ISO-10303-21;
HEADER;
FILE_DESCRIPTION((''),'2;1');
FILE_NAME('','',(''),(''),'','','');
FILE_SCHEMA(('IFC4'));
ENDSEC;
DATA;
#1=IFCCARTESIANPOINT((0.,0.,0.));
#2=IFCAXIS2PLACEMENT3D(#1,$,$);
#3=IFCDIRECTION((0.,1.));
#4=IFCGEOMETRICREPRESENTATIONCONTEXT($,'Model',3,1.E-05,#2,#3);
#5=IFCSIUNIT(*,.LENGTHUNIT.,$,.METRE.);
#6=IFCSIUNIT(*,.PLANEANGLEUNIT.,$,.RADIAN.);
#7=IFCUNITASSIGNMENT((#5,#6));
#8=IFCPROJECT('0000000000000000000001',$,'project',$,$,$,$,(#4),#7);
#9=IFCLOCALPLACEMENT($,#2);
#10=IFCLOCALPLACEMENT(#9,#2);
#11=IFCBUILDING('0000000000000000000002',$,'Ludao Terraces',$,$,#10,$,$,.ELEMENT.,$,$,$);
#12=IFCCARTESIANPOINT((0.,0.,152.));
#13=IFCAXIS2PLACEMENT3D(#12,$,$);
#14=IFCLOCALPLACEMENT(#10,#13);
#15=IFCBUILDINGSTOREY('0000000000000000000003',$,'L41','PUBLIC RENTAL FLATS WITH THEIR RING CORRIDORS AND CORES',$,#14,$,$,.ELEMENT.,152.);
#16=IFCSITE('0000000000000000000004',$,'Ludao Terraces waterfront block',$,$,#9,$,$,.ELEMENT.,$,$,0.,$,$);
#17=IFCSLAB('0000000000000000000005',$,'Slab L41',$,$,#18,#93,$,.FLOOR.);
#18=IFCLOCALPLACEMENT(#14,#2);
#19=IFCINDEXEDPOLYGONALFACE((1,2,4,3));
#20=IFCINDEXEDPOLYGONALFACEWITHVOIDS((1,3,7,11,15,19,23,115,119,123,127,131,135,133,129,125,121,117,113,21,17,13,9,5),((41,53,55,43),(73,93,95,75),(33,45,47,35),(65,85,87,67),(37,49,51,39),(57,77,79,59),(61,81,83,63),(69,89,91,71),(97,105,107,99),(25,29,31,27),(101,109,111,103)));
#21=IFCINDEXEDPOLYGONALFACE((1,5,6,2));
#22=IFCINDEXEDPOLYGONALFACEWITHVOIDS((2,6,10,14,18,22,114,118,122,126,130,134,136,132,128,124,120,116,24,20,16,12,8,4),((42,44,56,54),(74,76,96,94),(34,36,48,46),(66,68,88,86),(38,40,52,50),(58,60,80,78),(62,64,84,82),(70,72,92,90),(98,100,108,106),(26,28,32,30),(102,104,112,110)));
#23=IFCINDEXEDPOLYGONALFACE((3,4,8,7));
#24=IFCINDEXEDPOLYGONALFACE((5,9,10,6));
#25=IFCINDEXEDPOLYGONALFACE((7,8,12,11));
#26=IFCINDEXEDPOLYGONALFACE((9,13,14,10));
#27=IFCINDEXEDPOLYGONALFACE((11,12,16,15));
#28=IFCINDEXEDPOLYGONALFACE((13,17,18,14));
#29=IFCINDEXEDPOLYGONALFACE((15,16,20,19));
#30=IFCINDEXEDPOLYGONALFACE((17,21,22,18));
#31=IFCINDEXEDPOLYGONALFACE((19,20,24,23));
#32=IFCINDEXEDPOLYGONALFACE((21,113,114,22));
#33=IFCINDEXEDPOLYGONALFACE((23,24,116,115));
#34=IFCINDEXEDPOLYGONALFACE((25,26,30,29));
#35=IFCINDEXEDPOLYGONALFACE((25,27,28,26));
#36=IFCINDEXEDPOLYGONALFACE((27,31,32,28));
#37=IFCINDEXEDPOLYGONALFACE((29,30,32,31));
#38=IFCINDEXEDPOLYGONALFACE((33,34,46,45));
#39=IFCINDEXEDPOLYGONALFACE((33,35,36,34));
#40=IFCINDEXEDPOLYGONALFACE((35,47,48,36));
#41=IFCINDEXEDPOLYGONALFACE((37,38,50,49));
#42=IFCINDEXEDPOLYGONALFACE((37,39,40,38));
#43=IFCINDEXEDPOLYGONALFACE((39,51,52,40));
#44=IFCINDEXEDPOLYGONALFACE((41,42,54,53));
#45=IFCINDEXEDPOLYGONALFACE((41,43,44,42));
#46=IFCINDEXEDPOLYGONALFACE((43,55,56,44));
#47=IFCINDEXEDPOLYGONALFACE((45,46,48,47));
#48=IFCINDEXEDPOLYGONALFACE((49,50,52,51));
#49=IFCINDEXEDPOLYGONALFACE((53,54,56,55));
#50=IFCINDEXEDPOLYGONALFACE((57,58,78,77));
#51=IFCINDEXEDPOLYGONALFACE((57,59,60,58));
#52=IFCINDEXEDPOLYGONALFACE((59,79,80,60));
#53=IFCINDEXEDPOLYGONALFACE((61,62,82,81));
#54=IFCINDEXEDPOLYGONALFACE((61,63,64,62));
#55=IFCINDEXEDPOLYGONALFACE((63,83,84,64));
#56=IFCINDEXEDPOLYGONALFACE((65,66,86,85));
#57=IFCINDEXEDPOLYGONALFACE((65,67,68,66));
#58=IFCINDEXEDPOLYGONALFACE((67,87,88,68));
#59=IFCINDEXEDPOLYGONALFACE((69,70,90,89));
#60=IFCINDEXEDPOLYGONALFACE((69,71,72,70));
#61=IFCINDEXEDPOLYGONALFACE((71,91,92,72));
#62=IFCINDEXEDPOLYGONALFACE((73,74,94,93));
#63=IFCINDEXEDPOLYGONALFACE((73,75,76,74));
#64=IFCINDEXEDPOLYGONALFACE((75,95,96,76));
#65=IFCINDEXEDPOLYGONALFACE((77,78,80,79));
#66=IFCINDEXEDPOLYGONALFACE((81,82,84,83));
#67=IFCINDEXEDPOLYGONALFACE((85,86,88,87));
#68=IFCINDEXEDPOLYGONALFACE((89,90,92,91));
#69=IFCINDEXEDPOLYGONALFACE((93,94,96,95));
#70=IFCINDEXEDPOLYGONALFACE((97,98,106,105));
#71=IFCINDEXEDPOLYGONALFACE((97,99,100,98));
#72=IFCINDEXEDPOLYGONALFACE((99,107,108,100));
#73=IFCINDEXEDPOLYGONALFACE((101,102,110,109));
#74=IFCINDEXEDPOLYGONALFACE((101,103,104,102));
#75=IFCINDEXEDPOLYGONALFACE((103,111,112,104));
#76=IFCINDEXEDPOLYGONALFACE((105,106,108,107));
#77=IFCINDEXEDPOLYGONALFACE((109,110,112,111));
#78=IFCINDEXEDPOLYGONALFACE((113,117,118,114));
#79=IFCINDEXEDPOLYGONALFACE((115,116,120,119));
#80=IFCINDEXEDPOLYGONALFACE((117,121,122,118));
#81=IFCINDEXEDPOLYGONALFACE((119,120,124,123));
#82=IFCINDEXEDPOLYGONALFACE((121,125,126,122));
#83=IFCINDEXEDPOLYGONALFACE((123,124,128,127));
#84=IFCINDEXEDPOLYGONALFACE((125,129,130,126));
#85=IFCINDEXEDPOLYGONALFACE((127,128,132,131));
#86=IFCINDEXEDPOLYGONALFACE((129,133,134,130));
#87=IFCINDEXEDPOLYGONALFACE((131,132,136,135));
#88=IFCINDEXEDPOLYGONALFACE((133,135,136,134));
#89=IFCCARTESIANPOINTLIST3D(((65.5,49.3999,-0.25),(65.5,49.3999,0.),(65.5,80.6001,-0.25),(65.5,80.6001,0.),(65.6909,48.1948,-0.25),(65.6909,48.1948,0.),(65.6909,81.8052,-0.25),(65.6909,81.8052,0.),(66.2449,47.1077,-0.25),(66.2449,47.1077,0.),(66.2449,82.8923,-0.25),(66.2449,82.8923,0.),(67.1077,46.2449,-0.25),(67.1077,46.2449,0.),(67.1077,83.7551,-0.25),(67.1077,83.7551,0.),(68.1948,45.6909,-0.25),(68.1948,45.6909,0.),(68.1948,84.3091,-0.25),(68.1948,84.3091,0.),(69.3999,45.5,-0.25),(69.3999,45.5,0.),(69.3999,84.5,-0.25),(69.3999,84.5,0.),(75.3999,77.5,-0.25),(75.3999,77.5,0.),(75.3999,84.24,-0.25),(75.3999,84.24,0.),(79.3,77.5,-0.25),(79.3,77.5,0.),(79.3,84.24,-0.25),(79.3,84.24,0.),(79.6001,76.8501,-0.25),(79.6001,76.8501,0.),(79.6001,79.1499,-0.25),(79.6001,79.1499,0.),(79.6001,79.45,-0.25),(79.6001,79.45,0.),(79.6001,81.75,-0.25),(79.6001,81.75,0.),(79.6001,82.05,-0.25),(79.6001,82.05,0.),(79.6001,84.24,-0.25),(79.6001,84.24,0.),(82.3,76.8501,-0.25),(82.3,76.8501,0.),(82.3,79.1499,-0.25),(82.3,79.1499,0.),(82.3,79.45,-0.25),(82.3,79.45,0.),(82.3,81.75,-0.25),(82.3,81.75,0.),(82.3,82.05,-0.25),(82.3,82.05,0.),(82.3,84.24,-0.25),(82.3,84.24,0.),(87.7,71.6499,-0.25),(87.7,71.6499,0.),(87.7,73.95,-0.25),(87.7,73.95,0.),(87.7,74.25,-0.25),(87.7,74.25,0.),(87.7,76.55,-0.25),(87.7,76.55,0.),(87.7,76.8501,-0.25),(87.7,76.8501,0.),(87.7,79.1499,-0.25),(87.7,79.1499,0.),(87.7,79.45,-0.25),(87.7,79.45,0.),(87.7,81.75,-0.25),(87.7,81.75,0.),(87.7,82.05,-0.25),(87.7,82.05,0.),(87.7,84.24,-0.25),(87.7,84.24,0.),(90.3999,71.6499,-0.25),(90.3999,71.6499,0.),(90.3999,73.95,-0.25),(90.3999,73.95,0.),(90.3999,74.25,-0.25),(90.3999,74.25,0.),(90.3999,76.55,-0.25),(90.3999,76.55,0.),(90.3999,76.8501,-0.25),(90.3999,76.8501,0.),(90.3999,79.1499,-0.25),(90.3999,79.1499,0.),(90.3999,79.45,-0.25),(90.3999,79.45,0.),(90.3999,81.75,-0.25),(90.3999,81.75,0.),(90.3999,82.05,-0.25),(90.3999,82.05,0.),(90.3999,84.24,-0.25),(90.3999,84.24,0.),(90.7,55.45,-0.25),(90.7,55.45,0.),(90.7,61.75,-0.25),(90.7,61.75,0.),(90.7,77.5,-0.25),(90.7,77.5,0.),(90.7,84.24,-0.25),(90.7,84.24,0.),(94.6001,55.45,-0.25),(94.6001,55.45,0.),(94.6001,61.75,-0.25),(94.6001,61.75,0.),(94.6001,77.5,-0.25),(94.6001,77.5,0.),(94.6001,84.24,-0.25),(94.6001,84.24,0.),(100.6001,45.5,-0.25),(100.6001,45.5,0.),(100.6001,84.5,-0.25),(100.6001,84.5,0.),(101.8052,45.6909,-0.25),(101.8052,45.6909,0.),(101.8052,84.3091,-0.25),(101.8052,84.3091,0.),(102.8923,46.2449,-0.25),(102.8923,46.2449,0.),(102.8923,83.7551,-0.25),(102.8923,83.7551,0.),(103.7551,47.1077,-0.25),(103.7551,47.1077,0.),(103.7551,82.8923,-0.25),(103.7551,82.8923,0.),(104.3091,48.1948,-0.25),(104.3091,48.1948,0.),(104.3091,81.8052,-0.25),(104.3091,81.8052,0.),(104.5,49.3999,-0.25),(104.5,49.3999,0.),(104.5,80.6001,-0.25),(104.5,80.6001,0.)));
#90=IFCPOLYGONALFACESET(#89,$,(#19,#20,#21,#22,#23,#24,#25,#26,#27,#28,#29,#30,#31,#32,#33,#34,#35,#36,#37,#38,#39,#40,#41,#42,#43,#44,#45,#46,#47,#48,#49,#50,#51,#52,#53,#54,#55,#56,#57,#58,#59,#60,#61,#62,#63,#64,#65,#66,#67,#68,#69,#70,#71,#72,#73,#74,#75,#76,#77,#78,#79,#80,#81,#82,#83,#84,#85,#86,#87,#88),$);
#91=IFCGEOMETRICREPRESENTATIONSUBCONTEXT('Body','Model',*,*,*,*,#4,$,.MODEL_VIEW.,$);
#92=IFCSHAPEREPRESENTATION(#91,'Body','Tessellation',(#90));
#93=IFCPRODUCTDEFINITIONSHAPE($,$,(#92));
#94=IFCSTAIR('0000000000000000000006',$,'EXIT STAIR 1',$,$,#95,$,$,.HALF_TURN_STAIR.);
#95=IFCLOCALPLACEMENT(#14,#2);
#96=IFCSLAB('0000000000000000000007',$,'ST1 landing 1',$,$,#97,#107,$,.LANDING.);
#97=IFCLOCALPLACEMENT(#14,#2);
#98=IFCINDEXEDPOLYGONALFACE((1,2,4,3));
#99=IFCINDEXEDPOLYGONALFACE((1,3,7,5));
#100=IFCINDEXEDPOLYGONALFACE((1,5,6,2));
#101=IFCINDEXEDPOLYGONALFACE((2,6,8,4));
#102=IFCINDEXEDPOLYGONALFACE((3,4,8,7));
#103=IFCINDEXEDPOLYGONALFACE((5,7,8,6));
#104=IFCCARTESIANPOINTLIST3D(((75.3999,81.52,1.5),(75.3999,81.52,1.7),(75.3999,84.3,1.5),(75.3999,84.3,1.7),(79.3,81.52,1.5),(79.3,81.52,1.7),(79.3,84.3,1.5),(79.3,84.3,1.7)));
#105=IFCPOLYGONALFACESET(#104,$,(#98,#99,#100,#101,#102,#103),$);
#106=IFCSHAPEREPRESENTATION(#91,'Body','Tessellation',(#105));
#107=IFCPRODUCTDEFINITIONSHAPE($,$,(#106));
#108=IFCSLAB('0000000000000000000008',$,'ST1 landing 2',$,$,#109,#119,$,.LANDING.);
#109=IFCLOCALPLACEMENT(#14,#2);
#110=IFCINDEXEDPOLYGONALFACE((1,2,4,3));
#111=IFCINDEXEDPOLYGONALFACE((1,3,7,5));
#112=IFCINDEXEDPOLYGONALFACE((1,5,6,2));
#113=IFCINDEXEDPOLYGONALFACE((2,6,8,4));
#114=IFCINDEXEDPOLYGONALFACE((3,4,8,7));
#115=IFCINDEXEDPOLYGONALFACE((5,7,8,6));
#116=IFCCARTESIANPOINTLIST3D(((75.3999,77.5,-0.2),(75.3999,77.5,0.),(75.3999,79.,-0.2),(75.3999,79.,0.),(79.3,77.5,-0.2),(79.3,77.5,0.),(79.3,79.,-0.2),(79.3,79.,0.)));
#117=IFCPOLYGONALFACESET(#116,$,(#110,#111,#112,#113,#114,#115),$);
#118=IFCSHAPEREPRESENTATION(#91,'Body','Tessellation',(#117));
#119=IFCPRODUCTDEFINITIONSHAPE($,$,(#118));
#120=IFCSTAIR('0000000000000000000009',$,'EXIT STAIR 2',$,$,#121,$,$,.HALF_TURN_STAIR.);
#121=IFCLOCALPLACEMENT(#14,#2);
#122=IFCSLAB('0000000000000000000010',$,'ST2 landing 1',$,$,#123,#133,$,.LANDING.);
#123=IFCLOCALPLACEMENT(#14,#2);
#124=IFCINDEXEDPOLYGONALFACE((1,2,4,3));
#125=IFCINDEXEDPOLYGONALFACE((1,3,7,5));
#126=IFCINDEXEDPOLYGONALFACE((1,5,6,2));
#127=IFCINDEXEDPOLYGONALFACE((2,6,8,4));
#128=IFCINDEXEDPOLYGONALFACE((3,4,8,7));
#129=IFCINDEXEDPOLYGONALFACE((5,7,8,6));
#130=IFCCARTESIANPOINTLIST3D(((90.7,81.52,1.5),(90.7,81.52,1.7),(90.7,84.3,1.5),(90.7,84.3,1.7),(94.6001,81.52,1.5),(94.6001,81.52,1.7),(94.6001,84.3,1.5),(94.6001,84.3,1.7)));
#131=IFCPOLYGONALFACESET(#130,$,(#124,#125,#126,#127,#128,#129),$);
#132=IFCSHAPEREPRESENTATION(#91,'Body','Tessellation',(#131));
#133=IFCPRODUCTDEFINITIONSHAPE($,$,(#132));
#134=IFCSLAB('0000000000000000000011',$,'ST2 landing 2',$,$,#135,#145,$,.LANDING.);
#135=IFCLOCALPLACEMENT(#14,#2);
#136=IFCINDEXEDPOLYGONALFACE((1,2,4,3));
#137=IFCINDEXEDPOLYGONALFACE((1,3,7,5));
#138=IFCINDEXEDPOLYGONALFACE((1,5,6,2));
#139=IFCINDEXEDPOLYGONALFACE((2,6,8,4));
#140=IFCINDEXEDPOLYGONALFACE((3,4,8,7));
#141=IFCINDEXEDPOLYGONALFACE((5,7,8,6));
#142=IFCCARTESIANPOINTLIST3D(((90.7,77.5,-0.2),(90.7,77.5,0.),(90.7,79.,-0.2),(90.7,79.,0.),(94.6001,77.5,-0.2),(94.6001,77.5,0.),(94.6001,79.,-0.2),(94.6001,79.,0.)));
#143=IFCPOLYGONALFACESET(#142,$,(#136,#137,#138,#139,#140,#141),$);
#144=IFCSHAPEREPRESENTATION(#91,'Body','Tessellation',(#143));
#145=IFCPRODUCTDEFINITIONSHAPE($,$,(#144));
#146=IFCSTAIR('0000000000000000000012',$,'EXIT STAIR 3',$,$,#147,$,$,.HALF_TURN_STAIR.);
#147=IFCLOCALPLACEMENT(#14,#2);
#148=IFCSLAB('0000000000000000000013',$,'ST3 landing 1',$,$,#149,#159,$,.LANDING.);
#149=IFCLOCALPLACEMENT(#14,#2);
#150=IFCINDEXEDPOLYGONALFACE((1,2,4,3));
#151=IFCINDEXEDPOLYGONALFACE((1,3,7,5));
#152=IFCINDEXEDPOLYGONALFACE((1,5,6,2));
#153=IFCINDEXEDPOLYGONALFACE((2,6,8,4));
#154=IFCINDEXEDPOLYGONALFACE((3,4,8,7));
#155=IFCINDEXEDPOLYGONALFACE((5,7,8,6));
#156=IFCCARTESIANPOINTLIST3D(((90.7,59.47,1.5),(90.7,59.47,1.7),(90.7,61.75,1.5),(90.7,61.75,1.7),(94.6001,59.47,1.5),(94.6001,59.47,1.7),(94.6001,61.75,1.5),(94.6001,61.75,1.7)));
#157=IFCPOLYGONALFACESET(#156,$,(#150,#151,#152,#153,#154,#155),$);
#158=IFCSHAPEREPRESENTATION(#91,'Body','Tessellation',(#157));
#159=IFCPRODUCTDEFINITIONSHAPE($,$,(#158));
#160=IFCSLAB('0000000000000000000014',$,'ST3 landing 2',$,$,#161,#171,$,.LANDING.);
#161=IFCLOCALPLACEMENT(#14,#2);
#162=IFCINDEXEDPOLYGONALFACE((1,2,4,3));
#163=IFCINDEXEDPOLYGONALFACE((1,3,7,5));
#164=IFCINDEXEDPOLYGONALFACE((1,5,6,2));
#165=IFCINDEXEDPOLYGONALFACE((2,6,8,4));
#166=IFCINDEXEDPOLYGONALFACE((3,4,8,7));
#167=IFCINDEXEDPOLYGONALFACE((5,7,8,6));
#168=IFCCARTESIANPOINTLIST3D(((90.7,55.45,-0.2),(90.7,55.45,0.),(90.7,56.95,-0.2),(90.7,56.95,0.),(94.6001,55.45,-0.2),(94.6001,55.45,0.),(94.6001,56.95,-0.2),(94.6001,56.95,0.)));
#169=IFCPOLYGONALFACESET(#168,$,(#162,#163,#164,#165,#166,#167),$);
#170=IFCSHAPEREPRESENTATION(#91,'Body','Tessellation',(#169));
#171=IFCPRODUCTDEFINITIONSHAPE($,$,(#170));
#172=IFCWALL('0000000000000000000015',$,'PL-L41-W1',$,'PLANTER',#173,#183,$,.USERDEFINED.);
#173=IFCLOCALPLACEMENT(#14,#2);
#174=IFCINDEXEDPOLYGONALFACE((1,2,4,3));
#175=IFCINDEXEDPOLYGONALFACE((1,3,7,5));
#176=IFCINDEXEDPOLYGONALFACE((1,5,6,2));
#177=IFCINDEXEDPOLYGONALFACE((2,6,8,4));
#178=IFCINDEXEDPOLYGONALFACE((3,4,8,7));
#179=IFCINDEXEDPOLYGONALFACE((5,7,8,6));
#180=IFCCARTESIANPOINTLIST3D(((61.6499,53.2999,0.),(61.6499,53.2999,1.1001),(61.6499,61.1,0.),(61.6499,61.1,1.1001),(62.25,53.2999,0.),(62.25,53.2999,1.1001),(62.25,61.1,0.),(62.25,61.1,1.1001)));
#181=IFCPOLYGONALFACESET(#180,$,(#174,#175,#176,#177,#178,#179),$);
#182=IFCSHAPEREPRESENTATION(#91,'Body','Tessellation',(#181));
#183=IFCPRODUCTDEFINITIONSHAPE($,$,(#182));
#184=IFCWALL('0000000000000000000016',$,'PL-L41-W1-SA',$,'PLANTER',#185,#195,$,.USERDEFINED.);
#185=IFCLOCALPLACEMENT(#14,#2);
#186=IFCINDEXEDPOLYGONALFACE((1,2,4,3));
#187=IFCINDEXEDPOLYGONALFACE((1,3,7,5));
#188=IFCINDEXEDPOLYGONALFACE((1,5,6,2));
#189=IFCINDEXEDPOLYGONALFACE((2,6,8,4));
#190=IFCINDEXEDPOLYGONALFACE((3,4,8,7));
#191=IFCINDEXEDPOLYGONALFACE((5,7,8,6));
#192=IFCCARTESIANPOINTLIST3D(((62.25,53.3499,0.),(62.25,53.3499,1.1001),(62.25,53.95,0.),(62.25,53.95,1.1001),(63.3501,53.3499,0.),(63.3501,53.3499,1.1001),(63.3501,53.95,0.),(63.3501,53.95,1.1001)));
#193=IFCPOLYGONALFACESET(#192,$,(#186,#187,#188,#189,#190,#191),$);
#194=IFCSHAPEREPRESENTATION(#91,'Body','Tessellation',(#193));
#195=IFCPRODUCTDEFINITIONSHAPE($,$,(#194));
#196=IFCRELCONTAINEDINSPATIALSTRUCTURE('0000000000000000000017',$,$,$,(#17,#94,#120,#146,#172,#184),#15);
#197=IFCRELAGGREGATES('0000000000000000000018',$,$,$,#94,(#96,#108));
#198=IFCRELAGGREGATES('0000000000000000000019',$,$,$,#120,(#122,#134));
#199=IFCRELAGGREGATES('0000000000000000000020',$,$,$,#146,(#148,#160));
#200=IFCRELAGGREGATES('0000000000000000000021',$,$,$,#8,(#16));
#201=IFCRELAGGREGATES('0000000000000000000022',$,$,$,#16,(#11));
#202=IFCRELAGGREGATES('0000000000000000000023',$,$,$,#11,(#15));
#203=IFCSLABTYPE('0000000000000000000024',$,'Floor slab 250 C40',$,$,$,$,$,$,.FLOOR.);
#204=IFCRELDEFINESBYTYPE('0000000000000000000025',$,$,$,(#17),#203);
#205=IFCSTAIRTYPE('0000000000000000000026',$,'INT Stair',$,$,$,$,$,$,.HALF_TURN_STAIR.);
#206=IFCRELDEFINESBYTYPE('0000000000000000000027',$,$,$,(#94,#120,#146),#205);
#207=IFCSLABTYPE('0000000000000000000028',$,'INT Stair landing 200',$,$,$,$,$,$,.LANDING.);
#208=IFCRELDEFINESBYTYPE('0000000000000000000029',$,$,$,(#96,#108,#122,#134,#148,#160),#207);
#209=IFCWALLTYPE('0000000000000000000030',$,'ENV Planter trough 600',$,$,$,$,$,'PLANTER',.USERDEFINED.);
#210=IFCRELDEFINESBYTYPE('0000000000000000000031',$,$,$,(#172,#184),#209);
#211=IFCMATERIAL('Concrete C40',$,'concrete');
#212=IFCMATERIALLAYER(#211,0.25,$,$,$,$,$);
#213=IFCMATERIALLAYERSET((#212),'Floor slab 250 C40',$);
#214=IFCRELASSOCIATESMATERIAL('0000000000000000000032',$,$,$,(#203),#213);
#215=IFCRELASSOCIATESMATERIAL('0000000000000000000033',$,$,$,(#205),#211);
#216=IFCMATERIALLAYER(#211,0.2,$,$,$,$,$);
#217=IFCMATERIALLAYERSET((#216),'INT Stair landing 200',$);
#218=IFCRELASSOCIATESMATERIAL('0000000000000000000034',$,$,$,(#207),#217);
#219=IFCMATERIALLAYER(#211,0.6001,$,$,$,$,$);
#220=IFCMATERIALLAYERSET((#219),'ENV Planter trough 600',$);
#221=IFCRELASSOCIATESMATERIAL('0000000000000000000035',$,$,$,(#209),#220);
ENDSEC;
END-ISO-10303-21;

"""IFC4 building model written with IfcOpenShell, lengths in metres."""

from ifc_helpers import new_model, si_unit, direction, frame, frame_2d, origin, place, context, subcontext, project, spatial, polyline, rectangle, outline, extrude, material, layer, layer_set, type_object, element, aggregate, save


model = new_model("IFC4")

# Units and contexts
model_context = context("Model", 3, precision=1e-05, world=origin(), true_north=direction((0.0, 1.0)))
body_context = subcontext(model_context, "Body", "Model", "MODEL_VIEW")
ifc_project = project(units=[si_unit("LENGTHUNIT", "METRE"), si_unit("PLANEANGLEUNIT", "RADIAN")], contexts=[model_context])

# Site, building, storey
site_placement = place(None, origin())
site = spatial("IfcSite", under=ifc_project, at=site_placement, Name="Ludao Terraces waterfront block", CompositionType="ELEMENT", RefElevation=0.0)
building_placement = place(site_placement, origin())
building = spatial("IfcBuilding", under=site, at=building_placement, Name="Ludao Terraces", CompositionType="ELEMENT")
storey_placement = place(building_placement, frame((0.0, 0.0, 152.0)))
storey = spatial("IfcBuildingStorey", under=building, at=storey_placement, Name="L41", Description="PUBLIC RENTAL FLATS WITH THEIR RING CORRIDORS AND CORES", CompositionType="ELEMENT", Elevation=152.0)

# Shared definitions
ifc_material_1 = material(Name="Concrete C40", Category="concrete")

# Slab
ifc_layer_1 = layer(ifc_material_1, 0.25)
ifc_layer_set_1 = layer_set([ifc_layer_1], Name="Floor slab 250 C40")
slab_type_1 = type_object("IfcSlabType", Name="Floor slab 250 C40", PredefinedType="FLOOR", material=ifc_layer_set_1)
slab_1_placement = place(storey_placement, frame((0.0, 0.0, -0.25)))
element("IfcSlab", 1, at=slab_1_placement, inside=storey, type_object=slab_type_1, Name="Slab L41", PredefinedType="FLOOR", context=body_context, shape_type="SweptSolid", body=[
    extrude(outline(polyline([(100.6001, 45.5), (101.8052, 45.6909), (102.8923, 46.2449), (103.7551, 47.1077), (104.3091, 48.1948), (104.5, 49.3999), (104.5, 80.6001), (104.3091, 81.8052), (103.7551, 82.8923), (102.8923, 83.7551), (101.8052, 84.3091), (100.6001, 84.5), (69.3999, 84.5), (68.1948, 84.3091), (67.1077, 83.7551), (66.2449, 82.8923), (65.6909, 81.8052), (65.5, 80.6001), (65.5, 49.3999), (65.6909, 48.1948), (66.2449, 47.1077), (67.1077, 46.2449), (68.1948, 45.6909), (69.3999, 45.5), (100.6001, 45.5)]), holes=[polyline([(79.6001, 76.8501), (82.3, 76.8501), (82.3, 79.1499), (79.6001, 79.1499), (79.6001, 76.8501)]), polyline([(79.6001, 79.45), (82.3, 79.45), (82.3, 81.75), (79.6001, 81.75), (79.6001, 79.45)]), polyline([(79.6001, 82.05), (82.3, 82.05), (82.3, 84.24), (79.6001, 84.24), (79.6001, 82.05)]), polyline([(87.7, 71.6499), (90.3999, 71.6499), (90.3999, 73.95), (87.7, 73.95), (87.7, 71.6499)]), polyline([(87.7, 74.25), (90.3999, 74.25), (90.3999, 76.55), (87.7, 76.55), (87.7, 74.25)]), polyline([(87.7, 76.8501), (90.3999, 76.8501), (90.3999, 79.1499), (87.7, 79.1499), (87.7, 76.8501)]), polyline([(87.7, 79.45), (90.3999, 79.45), (90.3999, 81.75), (87.7, 81.75), (87.7, 79.45)]), polyline([(87.7, 82.05), (90.3999, 82.05), (90.3999, 84.24), (87.7, 84.24), (87.7, 82.05)]), polyline([(75.3999, 77.5), (79.3, 77.5), (79.3, 84.24), (75.3999, 84.24), (75.3999, 77.5)]), polyline([(90.7, 77.5), (94.6001, 77.5), (94.6001, 84.24), (90.7, 84.24), (90.7, 77.5)]), polyline([(90.7, 55.45), (94.6001, 55.45), (94.6001, 61.75), (90.7, 61.75), (90.7, 55.45)])]), origin(), (0.0, 0.0, 1.0), 0.25),
])

# Stairs, slabs
stair_type = type_object("IfcStairType", Name="INT Stair", PredefinedType="HALF_TURN_STAIR", material=ifc_material_1)
stair_1_placement = place(storey_placement, origin())
stair_1 = element("IfcStair", 2, at=stair_1_placement, inside=storey, type_object=stair_type, Name="EXIT STAIR 1", PredefinedType="HALF_TURN_STAIR")
ifc_layer_2 = layer(ifc_material_1, 0.2)
ifc_layer_set_2 = layer_set([ifc_layer_2], Name="INT Stair landing 200")
slab_type_2 = type_object("IfcSlabType", Name="INT Stair landing 200", PredefinedType="LANDING", material=ifc_layer_set_2)
slab_2_placement = place(storey_placement, frame((0.0, 0.0, 1.5)))
slab_2 = element("IfcSlab", 3, at=slab_2_placement, type_object=slab_type_2, Name="ST1 landing 1", PredefinedType="LANDING", context=body_context, shape_type="SweptSolid", body=[
    extrude(outline(polyline([(75.3999, 81.52), (79.3, 81.52), (79.3, 84.3), (75.3999, 84.3), (75.3999, 81.52)])), origin(), (0.0, 0.0, 1.0), 0.2),
])
slab_3_placement = place(storey_placement, frame((0.0, 0.0, -0.2)))
slab_3 = element("IfcSlab", 4, at=slab_3_placement, type_object=slab_type_2, Name="ST1 landing 2", PredefinedType="LANDING", context=body_context, shape_type="SweptSolid", body=[
    extrude(outline(polyline([(75.3999, 77.5), (79.3, 77.5), (79.3, 79.0), (75.3999, 79.0), (75.3999, 77.5)])), origin(), (0.0, 0.0, 1.0), 0.2),
])
aggregate(stair_1, [slab_2, slab_3])
stair_2_placement = place(storey_placement, origin())
stair_2 = element("IfcStair", 5, at=stair_2_placement, inside=storey, type_object=stair_type, Name="EXIT STAIR 2", PredefinedType="HALF_TURN_STAIR")
slab_4_placement = place(storey_placement, frame((0.0, 0.0, 1.5)))
slab_4 = element("IfcSlab", 6, at=slab_4_placement, type_object=slab_type_2, Name="ST2 landing 1", PredefinedType="LANDING", context=body_context, shape_type="SweptSolid", body=[
    extrude(outline(polyline([(90.7, 81.52), (94.6001, 81.52), (94.6001, 84.3), (90.7, 84.3), (90.7, 81.52)])), origin(), (0.0, 0.0, 1.0), 0.2),
])
slab_5_placement = place(storey_placement, frame((0.0, 0.0, -0.2)))
slab_5 = element("IfcSlab", 7, at=slab_5_placement, type_object=slab_type_2, Name="ST2 landing 2", PredefinedType="LANDING", context=body_context, shape_type="SweptSolid", body=[
    extrude(outline(polyline([(90.7, 77.5), (94.6001, 77.5), (94.6001, 79.0), (90.7, 79.0), (90.7, 77.5)])), origin(), (0.0, 0.0, 1.0), 0.2),
])
aggregate(stair_2, [slab_4, slab_5])
stair_3_placement = place(storey_placement, origin())
stair_3 = element("IfcStair", 8, at=stair_3_placement, inside=storey, type_object=stair_type, Name="EXIT STAIR 3", PredefinedType="HALF_TURN_STAIR")
slab_6_placement = place(storey_placement, frame((0.0, 0.0, 1.5)))
slab_6 = element("IfcSlab", 9, at=slab_6_placement, type_object=slab_type_2, Name="ST3 landing 1", PredefinedType="LANDING", context=body_context, shape_type="SweptSolid", body=[
    extrude(outline(polyline([(90.7, 59.47), (94.6001, 59.47), (94.6001, 61.75), (90.7, 61.75), (90.7, 59.47)])), origin(), (0.0, 0.0, 1.0), 0.2),
])
slab_7_placement = place(storey_placement, frame((0.0, 0.0, -0.2)))
slab_7 = element("IfcSlab", 10, at=slab_7_placement, type_object=slab_type_2, Name="ST3 landing 2", PredefinedType="LANDING", context=body_context, shape_type="SweptSolid", body=[
    extrude(outline(polyline([(90.7, 55.45), (94.6001, 55.45), (94.6001, 56.95), (90.7, 56.95), (90.7, 55.45)])), origin(), (0.0, 0.0, 1.0), 0.2),
])
aggregate(stair_3, [slab_6, slab_7])

# Walls
ifc_layer_3 = layer(ifc_material_1, 0.6001)
ifc_layer_set_3 = layer_set([ifc_layer_3], Name="ENV Planter trough 600")
wall_type = type_object("IfcWallType", Name="ENV Planter trough 600", ElementType="PLANTER", PredefinedType="USERDEFINED", material=ifc_layer_set_3)
wall_1_placement = place(storey_placement, frame((61.95, 53.3, 0.0), z_axis=(0.0, 0.0, 1.0), x_axis=(0.0, 1.0, 0.0)))
element("IfcWall", 11, at=wall_1_placement, inside=storey, type_object=wall_type, Name="PL-L41-W1", ObjectType="PLANTER", PredefinedType="USERDEFINED", context=body_context, shape_type="SweptSolid", body=[
    extrude(rectangle(XDim=7.8, YDim=0.6001, at=frame_2d((3.8999, 0.0))), origin(), (0.0, 0.0, 1.0), 1.1001),
])
wall_2_placement = place(storey_placement, frame((62.25, 53.6499, 0.0), z_axis=(0.0, 0.0, 1.0), x_axis=(1.0, 0.0, 0.0)))
element("IfcWall", 12, at=wall_2_placement, inside=storey, type_object=wall_type, Name="PL-L41-W1-SA", ObjectType="PLANTER", PredefinedType="USERDEFINED", context=body_context, shape_type="SweptSolid", body=[
    extrude(rectangle(XDim=1.1001, YDim=0.6001, at=frame_2d((0.55, 0.0))), origin(), (0.0, 0.0, 1.0), 1.1001),
])

save(model, "model.ifc")
